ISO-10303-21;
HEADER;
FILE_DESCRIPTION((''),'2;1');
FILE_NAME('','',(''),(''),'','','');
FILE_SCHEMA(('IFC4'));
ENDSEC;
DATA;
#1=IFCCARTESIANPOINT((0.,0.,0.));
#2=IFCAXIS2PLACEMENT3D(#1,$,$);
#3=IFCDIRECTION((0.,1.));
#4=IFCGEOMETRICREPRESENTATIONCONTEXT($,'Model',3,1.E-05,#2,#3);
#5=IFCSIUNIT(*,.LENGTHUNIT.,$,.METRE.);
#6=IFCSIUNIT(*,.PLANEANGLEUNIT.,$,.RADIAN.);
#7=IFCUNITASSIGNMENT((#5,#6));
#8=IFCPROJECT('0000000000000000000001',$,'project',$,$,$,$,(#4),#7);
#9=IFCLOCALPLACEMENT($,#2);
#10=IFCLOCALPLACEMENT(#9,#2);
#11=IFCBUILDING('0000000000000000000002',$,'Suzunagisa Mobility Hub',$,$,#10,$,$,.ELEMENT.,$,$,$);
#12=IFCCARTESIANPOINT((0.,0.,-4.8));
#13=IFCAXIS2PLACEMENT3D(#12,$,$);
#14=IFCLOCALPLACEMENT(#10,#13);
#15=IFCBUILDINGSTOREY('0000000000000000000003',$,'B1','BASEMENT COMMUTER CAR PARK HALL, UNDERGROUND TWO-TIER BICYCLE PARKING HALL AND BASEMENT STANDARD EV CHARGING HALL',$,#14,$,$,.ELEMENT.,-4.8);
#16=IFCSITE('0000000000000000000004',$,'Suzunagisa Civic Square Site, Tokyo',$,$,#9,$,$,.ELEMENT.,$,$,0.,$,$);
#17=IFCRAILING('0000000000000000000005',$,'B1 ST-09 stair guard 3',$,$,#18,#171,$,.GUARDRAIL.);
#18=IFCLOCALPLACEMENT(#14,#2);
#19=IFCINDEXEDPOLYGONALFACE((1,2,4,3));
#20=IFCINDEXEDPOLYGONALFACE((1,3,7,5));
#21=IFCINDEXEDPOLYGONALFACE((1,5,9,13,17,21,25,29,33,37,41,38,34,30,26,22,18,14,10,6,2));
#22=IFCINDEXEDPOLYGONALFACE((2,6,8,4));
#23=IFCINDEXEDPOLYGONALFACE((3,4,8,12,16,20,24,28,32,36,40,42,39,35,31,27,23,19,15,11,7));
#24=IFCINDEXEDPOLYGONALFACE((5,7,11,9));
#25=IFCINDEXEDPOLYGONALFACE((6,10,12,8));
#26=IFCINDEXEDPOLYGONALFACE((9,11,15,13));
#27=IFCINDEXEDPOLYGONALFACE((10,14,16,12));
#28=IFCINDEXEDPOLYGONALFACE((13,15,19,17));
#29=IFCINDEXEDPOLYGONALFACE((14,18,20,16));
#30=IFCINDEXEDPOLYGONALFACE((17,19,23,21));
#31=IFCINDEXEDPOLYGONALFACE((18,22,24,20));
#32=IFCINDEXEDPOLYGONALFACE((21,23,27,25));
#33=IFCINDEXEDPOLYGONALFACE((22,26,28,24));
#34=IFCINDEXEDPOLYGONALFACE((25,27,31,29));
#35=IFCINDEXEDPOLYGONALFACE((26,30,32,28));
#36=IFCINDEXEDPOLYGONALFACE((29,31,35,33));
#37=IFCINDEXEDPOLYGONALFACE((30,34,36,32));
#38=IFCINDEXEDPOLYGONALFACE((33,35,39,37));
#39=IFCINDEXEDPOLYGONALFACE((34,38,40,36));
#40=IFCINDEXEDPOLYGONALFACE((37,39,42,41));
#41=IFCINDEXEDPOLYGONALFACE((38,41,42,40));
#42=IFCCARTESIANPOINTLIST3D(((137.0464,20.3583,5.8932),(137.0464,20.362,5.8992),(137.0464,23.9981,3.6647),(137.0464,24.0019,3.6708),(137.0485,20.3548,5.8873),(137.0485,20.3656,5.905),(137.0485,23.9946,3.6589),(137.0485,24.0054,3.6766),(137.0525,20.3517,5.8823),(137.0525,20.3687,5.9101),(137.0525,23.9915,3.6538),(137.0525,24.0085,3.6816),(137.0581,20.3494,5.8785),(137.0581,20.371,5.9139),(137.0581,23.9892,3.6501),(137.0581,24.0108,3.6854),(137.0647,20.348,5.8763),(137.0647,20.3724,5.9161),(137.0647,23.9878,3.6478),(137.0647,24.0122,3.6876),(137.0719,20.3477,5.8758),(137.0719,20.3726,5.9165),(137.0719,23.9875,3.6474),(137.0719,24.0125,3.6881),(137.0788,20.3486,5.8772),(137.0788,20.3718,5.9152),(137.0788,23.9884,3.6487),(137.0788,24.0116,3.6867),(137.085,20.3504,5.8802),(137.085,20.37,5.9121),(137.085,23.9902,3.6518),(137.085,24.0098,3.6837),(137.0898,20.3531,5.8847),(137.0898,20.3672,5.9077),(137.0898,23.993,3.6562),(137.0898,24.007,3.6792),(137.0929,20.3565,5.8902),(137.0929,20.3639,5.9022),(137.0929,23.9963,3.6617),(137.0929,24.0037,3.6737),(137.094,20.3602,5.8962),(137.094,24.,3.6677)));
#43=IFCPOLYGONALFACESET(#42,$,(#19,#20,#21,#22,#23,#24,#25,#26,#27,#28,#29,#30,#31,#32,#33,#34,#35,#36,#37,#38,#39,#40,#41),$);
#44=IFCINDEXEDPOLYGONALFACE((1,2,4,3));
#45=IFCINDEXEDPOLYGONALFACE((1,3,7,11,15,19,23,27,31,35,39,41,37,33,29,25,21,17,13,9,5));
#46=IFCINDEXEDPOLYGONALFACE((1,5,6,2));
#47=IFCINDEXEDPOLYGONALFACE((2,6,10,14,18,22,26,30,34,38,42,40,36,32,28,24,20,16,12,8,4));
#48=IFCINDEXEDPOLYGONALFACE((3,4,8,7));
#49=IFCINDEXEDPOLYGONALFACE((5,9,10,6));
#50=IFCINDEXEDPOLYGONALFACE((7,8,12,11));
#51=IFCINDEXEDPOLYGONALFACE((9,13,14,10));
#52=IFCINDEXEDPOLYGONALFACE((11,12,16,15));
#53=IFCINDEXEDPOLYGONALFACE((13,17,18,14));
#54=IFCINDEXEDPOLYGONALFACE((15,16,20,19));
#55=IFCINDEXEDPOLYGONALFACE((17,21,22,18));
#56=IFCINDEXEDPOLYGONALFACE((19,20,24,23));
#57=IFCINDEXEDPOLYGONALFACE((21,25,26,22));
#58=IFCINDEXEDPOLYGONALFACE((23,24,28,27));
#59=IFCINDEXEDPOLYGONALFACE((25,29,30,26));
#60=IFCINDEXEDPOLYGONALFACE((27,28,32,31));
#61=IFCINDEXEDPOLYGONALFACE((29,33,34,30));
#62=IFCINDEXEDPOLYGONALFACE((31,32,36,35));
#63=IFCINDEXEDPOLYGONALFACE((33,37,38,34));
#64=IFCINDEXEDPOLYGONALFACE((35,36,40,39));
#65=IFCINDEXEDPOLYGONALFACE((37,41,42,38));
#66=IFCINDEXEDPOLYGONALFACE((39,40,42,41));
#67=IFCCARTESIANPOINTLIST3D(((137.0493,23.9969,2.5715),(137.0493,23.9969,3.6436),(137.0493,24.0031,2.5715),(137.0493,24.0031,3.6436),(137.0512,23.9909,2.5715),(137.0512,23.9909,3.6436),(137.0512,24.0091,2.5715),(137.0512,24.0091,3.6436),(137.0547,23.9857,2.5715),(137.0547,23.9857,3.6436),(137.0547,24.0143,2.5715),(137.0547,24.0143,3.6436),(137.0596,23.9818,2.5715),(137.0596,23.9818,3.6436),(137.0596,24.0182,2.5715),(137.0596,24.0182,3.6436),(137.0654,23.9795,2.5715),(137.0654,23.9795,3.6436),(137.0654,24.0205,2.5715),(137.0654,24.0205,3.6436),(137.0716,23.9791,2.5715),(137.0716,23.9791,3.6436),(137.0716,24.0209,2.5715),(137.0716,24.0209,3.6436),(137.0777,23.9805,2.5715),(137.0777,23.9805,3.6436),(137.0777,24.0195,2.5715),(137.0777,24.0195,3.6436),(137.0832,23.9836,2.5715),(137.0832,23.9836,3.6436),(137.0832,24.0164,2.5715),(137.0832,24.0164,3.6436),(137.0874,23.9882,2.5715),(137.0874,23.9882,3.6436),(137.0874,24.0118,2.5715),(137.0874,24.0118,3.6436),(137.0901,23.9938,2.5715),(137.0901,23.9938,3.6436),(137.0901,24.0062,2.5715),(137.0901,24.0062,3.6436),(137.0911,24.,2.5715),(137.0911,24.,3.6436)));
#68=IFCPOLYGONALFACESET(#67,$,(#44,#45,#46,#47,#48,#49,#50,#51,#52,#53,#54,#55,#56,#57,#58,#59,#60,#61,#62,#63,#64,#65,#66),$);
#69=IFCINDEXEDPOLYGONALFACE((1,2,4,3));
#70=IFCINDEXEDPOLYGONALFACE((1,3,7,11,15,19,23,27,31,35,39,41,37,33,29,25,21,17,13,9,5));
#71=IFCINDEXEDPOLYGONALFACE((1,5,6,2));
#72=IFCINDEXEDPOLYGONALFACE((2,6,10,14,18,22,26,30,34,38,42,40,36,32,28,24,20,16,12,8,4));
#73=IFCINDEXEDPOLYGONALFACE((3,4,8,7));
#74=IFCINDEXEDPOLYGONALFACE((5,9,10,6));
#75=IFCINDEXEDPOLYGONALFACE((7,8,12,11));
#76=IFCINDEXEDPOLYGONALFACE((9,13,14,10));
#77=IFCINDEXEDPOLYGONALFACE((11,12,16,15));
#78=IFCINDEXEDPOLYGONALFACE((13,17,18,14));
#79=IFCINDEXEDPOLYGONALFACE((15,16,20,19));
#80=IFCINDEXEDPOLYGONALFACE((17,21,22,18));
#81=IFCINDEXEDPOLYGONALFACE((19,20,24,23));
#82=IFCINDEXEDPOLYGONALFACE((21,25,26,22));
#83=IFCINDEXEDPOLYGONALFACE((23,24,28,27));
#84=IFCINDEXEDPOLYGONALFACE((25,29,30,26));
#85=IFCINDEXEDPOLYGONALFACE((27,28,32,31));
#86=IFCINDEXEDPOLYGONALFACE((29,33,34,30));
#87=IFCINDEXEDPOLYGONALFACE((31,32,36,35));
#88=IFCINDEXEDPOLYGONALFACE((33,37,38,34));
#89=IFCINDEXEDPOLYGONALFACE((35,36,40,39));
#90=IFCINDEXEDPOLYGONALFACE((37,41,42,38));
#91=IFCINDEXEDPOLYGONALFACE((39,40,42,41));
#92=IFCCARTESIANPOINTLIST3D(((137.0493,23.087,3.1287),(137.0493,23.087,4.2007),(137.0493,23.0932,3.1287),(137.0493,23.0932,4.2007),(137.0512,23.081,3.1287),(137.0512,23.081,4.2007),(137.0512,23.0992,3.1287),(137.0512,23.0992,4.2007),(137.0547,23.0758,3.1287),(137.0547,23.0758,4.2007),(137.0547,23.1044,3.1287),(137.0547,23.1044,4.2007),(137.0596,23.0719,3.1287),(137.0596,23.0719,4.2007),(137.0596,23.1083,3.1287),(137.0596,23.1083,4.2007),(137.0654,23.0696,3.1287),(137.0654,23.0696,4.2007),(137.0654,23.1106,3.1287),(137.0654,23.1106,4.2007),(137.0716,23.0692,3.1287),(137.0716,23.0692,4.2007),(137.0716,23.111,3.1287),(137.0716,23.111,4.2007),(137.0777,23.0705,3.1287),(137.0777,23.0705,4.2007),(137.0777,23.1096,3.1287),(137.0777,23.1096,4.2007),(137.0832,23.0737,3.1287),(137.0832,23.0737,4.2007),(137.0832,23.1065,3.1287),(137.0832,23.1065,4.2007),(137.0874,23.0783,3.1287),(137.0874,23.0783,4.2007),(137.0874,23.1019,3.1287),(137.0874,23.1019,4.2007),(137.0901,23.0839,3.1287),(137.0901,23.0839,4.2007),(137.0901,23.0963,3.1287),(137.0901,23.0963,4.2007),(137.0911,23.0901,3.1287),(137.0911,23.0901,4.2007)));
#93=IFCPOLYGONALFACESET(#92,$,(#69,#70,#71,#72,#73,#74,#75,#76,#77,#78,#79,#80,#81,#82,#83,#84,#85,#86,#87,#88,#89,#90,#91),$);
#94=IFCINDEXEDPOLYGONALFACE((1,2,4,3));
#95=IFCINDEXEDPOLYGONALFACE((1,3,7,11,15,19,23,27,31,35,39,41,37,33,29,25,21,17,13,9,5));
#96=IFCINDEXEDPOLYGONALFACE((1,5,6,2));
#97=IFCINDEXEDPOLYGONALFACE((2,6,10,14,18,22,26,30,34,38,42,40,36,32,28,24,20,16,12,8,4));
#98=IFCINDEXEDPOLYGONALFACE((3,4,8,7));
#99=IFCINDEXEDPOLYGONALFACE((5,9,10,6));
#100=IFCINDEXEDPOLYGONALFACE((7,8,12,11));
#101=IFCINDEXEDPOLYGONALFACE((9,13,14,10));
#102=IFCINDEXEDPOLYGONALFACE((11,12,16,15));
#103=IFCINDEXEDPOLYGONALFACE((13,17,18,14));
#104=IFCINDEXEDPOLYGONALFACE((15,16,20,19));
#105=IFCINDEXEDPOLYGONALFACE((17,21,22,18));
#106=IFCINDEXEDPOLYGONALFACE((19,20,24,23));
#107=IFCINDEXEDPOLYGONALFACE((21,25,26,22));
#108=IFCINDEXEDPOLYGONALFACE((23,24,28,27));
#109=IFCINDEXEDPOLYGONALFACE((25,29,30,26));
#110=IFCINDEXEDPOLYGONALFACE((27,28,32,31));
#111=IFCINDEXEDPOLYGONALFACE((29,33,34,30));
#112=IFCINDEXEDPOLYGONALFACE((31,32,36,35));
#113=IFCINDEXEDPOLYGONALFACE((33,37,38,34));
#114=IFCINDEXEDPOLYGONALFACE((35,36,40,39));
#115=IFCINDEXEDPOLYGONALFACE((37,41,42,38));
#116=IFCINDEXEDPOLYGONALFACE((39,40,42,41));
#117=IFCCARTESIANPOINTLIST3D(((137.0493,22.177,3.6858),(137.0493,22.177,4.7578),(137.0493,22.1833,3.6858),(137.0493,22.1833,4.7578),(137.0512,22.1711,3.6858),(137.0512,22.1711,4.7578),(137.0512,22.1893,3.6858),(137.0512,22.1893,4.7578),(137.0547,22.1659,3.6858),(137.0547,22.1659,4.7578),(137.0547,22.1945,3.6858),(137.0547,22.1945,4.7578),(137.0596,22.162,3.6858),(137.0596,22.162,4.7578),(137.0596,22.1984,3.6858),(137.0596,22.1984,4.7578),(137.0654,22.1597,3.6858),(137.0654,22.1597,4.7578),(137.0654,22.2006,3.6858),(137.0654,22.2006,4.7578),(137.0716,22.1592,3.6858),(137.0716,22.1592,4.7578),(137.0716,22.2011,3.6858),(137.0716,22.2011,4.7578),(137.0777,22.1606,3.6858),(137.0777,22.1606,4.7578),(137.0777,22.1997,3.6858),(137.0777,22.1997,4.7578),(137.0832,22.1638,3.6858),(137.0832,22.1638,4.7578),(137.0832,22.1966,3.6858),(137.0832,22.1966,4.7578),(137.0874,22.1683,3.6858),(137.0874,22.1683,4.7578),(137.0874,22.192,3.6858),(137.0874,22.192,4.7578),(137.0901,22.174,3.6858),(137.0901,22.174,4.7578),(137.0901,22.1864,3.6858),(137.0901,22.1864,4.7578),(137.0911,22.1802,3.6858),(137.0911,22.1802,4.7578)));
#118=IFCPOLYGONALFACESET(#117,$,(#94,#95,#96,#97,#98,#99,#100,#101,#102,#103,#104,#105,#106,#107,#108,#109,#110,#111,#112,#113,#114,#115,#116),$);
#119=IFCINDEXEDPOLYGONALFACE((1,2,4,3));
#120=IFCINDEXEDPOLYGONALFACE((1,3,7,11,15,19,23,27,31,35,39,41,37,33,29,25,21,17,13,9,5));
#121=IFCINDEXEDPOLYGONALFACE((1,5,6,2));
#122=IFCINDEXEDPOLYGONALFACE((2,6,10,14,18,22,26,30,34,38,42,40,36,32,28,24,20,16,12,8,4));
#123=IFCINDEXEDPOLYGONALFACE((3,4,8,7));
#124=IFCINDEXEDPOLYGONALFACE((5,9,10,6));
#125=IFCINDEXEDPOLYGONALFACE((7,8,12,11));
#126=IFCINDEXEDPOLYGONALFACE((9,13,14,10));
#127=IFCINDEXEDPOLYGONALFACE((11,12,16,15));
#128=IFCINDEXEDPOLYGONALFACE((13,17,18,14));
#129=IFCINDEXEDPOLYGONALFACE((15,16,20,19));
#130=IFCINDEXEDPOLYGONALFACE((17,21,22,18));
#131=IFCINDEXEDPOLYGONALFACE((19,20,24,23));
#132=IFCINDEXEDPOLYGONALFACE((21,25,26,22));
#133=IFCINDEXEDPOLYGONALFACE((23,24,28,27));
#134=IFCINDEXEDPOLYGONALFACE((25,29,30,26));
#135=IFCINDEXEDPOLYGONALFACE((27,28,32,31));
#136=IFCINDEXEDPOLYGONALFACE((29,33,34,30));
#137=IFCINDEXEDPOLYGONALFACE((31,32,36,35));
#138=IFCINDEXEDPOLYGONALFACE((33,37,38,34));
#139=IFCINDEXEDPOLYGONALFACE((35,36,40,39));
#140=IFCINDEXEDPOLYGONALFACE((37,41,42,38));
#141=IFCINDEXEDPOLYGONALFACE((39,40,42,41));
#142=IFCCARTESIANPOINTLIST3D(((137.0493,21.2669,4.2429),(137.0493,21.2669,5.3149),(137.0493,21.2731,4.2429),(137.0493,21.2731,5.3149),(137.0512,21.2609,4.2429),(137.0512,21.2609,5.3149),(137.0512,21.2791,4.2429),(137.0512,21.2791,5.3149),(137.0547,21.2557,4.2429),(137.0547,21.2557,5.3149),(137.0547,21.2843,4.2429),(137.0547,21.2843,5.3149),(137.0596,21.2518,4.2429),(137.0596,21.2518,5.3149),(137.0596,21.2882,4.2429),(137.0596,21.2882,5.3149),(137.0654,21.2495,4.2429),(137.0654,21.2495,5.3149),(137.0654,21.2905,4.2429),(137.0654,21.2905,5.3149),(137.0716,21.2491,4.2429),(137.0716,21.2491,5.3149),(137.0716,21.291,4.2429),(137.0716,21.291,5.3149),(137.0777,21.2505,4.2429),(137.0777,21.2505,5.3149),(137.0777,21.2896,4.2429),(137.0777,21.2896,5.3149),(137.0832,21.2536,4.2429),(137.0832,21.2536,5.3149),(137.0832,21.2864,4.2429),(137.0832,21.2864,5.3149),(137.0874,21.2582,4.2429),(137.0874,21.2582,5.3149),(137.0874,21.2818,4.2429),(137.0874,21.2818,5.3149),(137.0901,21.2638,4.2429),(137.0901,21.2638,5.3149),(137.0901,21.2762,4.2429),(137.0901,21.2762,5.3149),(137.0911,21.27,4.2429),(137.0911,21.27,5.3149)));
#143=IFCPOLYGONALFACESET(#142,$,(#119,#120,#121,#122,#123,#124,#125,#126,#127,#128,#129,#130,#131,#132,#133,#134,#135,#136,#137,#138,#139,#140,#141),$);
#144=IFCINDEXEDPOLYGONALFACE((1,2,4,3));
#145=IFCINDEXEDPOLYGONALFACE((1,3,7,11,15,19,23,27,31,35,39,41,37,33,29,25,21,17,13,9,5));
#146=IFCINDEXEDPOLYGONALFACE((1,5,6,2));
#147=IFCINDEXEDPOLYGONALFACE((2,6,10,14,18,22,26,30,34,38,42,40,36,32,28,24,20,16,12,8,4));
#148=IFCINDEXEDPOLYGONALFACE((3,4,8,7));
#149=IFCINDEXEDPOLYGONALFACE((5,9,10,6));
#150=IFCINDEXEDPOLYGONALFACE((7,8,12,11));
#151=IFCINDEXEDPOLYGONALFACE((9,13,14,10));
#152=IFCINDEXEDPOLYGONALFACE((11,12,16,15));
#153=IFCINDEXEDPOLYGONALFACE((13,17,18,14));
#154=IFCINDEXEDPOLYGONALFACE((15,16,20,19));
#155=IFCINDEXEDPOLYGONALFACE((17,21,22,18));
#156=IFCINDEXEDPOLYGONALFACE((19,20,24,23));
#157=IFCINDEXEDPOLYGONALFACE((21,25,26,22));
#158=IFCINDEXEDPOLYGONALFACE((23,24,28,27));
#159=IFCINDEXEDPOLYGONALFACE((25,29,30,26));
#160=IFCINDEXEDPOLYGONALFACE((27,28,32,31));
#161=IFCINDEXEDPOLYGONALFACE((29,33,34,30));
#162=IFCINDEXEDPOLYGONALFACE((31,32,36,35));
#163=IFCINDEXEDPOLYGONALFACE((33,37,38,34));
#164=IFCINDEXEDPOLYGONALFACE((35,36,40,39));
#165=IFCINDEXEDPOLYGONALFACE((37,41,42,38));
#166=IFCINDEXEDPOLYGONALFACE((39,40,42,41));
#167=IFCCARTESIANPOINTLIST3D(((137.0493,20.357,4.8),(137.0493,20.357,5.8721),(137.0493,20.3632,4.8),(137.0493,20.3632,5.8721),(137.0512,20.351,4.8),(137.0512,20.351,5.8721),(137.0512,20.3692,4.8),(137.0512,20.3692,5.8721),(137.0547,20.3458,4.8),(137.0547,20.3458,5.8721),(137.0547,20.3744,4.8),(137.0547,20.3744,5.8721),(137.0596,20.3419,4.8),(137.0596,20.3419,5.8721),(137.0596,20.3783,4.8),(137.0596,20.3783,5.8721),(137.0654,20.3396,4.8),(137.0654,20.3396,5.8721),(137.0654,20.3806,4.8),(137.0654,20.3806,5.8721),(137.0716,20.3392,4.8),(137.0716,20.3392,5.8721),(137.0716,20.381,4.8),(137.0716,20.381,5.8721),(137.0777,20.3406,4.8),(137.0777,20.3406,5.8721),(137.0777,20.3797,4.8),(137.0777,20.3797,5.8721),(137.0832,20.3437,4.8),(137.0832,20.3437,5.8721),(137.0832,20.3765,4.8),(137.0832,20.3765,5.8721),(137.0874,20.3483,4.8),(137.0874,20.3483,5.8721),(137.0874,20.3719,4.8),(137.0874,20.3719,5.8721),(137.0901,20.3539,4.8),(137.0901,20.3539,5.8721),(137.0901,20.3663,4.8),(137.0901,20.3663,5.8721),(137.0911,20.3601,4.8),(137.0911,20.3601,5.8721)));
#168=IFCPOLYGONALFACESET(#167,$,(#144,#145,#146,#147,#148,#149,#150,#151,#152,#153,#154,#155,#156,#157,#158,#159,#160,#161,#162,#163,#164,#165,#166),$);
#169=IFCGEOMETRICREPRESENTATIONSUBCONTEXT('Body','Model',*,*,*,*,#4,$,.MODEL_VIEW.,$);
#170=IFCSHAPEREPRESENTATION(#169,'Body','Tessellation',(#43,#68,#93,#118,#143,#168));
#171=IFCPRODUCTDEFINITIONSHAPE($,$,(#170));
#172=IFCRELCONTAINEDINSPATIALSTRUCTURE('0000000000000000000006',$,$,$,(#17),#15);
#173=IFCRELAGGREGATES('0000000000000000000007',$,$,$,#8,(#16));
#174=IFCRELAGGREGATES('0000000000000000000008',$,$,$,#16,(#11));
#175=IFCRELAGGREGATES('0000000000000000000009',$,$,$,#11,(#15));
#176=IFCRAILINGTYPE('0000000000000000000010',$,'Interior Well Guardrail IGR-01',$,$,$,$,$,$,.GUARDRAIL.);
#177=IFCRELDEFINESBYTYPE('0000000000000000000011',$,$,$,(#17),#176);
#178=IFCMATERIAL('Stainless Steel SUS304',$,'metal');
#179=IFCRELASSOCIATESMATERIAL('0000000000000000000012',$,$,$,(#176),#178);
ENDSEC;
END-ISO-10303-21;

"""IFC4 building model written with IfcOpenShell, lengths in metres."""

from ifc_helpers import new_model, si_unit, direction, frame, origin, origin_2d, place, context, subcontext, project, spatial, circle, extrude, material, type_object, element, save


model = new_model("IFC4")

# Units and contexts
model_context = context("Model", 3, precision=1e-05, world=origin(), true_north=direction((0.0, 1.0)))
body_context = subcontext(model_context, "Body", "Model", "MODEL_VIEW")
ifc_project = project(units=[si_unit("LENGTHUNIT", "METRE"), si_unit("PLANEANGLEUNIT", "RADIAN")], contexts=[model_context])

# Site, building, storey
site_placement = place(None, origin())
site = spatial("IfcSite", under=ifc_project, at=site_placement, Name="Suzunagisa Civic Square Site, Tokyo", CompositionType="ELEMENT", RefElevation=0.0)
building_placement = place(site_placement, origin())
building = spatial("IfcBuilding", under=site, at=building_placement, Name="Suzunagisa Mobility Hub", CompositionType="ELEMENT")
storey_placement = place(building_placement, frame((0.0, 0.0, -4.8)))
storey = spatial("IfcBuildingStorey", under=building, at=storey_placement, Name="B1", Description="BASEMENT COMMUTER CAR PARK HALL, UNDERGROUND TWO-TIER BICYCLE PARKING HALL AND BASEMENT STANDARD EV CHARGING HALL", CompositionType="ELEMENT", Elevation=-4.8)

# Railing
ifc_material_1 = material(Name="Stainless Steel SUS304", Category="metal")
railing_type_1 = type_object("IfcRailingType", Name="Interior Well Guardrail IGR-01", PredefinedType="GUARDRAIL", material=ifc_material_1)
railing_1_placement = place(storey_placement, frame((137.0701, 24.0, 2.5715)))
element("IfcRailing", 1, at=railing_1_placement, inside=storey, type_object=railing_type_1, Name="B1 ST-09 stair guard 3", PredefinedType="GUARDRAIL", context=body_context, shape_type="SweptSolid", body=[
    extrude(circle(Radius=0.0239, at=origin_2d()), frame((0.0, 0.0, 1.0962), z_axis=(0.0, -0.85285, 0.522156), x_axis=(1.0, 0.0, 0.0)), (0.0, 0.0, 1.0), 4.2678),
    extrude(circle(Radius=0.021, at=origin_2d()), origin(), (0.0, 0.0, 1.0), 1.072),
    extrude(circle(Radius=0.021, at=origin_2d()), frame((0.0, -0.9099, 0.5571)), (0.0, 0.0, 1.0), 1.072),
    extrude(circle(Radius=0.021, at=origin_2d()), frame((0.0, -1.8198, 1.1143)), (0.0, 0.0, 1.0), 1.072),
    extrude(circle(Radius=0.021, at=origin_2d()), frame((0.0, -2.73, 1.6714)), (0.0, 0.0, 1.0), 1.072),
    extrude(circle(Radius=0.021, at=origin_2d()), frame((0.0, -3.6399, 2.2285)), (0.0, 0.0, 1.0), 1.072),
])

save(model, "model.ifc")
